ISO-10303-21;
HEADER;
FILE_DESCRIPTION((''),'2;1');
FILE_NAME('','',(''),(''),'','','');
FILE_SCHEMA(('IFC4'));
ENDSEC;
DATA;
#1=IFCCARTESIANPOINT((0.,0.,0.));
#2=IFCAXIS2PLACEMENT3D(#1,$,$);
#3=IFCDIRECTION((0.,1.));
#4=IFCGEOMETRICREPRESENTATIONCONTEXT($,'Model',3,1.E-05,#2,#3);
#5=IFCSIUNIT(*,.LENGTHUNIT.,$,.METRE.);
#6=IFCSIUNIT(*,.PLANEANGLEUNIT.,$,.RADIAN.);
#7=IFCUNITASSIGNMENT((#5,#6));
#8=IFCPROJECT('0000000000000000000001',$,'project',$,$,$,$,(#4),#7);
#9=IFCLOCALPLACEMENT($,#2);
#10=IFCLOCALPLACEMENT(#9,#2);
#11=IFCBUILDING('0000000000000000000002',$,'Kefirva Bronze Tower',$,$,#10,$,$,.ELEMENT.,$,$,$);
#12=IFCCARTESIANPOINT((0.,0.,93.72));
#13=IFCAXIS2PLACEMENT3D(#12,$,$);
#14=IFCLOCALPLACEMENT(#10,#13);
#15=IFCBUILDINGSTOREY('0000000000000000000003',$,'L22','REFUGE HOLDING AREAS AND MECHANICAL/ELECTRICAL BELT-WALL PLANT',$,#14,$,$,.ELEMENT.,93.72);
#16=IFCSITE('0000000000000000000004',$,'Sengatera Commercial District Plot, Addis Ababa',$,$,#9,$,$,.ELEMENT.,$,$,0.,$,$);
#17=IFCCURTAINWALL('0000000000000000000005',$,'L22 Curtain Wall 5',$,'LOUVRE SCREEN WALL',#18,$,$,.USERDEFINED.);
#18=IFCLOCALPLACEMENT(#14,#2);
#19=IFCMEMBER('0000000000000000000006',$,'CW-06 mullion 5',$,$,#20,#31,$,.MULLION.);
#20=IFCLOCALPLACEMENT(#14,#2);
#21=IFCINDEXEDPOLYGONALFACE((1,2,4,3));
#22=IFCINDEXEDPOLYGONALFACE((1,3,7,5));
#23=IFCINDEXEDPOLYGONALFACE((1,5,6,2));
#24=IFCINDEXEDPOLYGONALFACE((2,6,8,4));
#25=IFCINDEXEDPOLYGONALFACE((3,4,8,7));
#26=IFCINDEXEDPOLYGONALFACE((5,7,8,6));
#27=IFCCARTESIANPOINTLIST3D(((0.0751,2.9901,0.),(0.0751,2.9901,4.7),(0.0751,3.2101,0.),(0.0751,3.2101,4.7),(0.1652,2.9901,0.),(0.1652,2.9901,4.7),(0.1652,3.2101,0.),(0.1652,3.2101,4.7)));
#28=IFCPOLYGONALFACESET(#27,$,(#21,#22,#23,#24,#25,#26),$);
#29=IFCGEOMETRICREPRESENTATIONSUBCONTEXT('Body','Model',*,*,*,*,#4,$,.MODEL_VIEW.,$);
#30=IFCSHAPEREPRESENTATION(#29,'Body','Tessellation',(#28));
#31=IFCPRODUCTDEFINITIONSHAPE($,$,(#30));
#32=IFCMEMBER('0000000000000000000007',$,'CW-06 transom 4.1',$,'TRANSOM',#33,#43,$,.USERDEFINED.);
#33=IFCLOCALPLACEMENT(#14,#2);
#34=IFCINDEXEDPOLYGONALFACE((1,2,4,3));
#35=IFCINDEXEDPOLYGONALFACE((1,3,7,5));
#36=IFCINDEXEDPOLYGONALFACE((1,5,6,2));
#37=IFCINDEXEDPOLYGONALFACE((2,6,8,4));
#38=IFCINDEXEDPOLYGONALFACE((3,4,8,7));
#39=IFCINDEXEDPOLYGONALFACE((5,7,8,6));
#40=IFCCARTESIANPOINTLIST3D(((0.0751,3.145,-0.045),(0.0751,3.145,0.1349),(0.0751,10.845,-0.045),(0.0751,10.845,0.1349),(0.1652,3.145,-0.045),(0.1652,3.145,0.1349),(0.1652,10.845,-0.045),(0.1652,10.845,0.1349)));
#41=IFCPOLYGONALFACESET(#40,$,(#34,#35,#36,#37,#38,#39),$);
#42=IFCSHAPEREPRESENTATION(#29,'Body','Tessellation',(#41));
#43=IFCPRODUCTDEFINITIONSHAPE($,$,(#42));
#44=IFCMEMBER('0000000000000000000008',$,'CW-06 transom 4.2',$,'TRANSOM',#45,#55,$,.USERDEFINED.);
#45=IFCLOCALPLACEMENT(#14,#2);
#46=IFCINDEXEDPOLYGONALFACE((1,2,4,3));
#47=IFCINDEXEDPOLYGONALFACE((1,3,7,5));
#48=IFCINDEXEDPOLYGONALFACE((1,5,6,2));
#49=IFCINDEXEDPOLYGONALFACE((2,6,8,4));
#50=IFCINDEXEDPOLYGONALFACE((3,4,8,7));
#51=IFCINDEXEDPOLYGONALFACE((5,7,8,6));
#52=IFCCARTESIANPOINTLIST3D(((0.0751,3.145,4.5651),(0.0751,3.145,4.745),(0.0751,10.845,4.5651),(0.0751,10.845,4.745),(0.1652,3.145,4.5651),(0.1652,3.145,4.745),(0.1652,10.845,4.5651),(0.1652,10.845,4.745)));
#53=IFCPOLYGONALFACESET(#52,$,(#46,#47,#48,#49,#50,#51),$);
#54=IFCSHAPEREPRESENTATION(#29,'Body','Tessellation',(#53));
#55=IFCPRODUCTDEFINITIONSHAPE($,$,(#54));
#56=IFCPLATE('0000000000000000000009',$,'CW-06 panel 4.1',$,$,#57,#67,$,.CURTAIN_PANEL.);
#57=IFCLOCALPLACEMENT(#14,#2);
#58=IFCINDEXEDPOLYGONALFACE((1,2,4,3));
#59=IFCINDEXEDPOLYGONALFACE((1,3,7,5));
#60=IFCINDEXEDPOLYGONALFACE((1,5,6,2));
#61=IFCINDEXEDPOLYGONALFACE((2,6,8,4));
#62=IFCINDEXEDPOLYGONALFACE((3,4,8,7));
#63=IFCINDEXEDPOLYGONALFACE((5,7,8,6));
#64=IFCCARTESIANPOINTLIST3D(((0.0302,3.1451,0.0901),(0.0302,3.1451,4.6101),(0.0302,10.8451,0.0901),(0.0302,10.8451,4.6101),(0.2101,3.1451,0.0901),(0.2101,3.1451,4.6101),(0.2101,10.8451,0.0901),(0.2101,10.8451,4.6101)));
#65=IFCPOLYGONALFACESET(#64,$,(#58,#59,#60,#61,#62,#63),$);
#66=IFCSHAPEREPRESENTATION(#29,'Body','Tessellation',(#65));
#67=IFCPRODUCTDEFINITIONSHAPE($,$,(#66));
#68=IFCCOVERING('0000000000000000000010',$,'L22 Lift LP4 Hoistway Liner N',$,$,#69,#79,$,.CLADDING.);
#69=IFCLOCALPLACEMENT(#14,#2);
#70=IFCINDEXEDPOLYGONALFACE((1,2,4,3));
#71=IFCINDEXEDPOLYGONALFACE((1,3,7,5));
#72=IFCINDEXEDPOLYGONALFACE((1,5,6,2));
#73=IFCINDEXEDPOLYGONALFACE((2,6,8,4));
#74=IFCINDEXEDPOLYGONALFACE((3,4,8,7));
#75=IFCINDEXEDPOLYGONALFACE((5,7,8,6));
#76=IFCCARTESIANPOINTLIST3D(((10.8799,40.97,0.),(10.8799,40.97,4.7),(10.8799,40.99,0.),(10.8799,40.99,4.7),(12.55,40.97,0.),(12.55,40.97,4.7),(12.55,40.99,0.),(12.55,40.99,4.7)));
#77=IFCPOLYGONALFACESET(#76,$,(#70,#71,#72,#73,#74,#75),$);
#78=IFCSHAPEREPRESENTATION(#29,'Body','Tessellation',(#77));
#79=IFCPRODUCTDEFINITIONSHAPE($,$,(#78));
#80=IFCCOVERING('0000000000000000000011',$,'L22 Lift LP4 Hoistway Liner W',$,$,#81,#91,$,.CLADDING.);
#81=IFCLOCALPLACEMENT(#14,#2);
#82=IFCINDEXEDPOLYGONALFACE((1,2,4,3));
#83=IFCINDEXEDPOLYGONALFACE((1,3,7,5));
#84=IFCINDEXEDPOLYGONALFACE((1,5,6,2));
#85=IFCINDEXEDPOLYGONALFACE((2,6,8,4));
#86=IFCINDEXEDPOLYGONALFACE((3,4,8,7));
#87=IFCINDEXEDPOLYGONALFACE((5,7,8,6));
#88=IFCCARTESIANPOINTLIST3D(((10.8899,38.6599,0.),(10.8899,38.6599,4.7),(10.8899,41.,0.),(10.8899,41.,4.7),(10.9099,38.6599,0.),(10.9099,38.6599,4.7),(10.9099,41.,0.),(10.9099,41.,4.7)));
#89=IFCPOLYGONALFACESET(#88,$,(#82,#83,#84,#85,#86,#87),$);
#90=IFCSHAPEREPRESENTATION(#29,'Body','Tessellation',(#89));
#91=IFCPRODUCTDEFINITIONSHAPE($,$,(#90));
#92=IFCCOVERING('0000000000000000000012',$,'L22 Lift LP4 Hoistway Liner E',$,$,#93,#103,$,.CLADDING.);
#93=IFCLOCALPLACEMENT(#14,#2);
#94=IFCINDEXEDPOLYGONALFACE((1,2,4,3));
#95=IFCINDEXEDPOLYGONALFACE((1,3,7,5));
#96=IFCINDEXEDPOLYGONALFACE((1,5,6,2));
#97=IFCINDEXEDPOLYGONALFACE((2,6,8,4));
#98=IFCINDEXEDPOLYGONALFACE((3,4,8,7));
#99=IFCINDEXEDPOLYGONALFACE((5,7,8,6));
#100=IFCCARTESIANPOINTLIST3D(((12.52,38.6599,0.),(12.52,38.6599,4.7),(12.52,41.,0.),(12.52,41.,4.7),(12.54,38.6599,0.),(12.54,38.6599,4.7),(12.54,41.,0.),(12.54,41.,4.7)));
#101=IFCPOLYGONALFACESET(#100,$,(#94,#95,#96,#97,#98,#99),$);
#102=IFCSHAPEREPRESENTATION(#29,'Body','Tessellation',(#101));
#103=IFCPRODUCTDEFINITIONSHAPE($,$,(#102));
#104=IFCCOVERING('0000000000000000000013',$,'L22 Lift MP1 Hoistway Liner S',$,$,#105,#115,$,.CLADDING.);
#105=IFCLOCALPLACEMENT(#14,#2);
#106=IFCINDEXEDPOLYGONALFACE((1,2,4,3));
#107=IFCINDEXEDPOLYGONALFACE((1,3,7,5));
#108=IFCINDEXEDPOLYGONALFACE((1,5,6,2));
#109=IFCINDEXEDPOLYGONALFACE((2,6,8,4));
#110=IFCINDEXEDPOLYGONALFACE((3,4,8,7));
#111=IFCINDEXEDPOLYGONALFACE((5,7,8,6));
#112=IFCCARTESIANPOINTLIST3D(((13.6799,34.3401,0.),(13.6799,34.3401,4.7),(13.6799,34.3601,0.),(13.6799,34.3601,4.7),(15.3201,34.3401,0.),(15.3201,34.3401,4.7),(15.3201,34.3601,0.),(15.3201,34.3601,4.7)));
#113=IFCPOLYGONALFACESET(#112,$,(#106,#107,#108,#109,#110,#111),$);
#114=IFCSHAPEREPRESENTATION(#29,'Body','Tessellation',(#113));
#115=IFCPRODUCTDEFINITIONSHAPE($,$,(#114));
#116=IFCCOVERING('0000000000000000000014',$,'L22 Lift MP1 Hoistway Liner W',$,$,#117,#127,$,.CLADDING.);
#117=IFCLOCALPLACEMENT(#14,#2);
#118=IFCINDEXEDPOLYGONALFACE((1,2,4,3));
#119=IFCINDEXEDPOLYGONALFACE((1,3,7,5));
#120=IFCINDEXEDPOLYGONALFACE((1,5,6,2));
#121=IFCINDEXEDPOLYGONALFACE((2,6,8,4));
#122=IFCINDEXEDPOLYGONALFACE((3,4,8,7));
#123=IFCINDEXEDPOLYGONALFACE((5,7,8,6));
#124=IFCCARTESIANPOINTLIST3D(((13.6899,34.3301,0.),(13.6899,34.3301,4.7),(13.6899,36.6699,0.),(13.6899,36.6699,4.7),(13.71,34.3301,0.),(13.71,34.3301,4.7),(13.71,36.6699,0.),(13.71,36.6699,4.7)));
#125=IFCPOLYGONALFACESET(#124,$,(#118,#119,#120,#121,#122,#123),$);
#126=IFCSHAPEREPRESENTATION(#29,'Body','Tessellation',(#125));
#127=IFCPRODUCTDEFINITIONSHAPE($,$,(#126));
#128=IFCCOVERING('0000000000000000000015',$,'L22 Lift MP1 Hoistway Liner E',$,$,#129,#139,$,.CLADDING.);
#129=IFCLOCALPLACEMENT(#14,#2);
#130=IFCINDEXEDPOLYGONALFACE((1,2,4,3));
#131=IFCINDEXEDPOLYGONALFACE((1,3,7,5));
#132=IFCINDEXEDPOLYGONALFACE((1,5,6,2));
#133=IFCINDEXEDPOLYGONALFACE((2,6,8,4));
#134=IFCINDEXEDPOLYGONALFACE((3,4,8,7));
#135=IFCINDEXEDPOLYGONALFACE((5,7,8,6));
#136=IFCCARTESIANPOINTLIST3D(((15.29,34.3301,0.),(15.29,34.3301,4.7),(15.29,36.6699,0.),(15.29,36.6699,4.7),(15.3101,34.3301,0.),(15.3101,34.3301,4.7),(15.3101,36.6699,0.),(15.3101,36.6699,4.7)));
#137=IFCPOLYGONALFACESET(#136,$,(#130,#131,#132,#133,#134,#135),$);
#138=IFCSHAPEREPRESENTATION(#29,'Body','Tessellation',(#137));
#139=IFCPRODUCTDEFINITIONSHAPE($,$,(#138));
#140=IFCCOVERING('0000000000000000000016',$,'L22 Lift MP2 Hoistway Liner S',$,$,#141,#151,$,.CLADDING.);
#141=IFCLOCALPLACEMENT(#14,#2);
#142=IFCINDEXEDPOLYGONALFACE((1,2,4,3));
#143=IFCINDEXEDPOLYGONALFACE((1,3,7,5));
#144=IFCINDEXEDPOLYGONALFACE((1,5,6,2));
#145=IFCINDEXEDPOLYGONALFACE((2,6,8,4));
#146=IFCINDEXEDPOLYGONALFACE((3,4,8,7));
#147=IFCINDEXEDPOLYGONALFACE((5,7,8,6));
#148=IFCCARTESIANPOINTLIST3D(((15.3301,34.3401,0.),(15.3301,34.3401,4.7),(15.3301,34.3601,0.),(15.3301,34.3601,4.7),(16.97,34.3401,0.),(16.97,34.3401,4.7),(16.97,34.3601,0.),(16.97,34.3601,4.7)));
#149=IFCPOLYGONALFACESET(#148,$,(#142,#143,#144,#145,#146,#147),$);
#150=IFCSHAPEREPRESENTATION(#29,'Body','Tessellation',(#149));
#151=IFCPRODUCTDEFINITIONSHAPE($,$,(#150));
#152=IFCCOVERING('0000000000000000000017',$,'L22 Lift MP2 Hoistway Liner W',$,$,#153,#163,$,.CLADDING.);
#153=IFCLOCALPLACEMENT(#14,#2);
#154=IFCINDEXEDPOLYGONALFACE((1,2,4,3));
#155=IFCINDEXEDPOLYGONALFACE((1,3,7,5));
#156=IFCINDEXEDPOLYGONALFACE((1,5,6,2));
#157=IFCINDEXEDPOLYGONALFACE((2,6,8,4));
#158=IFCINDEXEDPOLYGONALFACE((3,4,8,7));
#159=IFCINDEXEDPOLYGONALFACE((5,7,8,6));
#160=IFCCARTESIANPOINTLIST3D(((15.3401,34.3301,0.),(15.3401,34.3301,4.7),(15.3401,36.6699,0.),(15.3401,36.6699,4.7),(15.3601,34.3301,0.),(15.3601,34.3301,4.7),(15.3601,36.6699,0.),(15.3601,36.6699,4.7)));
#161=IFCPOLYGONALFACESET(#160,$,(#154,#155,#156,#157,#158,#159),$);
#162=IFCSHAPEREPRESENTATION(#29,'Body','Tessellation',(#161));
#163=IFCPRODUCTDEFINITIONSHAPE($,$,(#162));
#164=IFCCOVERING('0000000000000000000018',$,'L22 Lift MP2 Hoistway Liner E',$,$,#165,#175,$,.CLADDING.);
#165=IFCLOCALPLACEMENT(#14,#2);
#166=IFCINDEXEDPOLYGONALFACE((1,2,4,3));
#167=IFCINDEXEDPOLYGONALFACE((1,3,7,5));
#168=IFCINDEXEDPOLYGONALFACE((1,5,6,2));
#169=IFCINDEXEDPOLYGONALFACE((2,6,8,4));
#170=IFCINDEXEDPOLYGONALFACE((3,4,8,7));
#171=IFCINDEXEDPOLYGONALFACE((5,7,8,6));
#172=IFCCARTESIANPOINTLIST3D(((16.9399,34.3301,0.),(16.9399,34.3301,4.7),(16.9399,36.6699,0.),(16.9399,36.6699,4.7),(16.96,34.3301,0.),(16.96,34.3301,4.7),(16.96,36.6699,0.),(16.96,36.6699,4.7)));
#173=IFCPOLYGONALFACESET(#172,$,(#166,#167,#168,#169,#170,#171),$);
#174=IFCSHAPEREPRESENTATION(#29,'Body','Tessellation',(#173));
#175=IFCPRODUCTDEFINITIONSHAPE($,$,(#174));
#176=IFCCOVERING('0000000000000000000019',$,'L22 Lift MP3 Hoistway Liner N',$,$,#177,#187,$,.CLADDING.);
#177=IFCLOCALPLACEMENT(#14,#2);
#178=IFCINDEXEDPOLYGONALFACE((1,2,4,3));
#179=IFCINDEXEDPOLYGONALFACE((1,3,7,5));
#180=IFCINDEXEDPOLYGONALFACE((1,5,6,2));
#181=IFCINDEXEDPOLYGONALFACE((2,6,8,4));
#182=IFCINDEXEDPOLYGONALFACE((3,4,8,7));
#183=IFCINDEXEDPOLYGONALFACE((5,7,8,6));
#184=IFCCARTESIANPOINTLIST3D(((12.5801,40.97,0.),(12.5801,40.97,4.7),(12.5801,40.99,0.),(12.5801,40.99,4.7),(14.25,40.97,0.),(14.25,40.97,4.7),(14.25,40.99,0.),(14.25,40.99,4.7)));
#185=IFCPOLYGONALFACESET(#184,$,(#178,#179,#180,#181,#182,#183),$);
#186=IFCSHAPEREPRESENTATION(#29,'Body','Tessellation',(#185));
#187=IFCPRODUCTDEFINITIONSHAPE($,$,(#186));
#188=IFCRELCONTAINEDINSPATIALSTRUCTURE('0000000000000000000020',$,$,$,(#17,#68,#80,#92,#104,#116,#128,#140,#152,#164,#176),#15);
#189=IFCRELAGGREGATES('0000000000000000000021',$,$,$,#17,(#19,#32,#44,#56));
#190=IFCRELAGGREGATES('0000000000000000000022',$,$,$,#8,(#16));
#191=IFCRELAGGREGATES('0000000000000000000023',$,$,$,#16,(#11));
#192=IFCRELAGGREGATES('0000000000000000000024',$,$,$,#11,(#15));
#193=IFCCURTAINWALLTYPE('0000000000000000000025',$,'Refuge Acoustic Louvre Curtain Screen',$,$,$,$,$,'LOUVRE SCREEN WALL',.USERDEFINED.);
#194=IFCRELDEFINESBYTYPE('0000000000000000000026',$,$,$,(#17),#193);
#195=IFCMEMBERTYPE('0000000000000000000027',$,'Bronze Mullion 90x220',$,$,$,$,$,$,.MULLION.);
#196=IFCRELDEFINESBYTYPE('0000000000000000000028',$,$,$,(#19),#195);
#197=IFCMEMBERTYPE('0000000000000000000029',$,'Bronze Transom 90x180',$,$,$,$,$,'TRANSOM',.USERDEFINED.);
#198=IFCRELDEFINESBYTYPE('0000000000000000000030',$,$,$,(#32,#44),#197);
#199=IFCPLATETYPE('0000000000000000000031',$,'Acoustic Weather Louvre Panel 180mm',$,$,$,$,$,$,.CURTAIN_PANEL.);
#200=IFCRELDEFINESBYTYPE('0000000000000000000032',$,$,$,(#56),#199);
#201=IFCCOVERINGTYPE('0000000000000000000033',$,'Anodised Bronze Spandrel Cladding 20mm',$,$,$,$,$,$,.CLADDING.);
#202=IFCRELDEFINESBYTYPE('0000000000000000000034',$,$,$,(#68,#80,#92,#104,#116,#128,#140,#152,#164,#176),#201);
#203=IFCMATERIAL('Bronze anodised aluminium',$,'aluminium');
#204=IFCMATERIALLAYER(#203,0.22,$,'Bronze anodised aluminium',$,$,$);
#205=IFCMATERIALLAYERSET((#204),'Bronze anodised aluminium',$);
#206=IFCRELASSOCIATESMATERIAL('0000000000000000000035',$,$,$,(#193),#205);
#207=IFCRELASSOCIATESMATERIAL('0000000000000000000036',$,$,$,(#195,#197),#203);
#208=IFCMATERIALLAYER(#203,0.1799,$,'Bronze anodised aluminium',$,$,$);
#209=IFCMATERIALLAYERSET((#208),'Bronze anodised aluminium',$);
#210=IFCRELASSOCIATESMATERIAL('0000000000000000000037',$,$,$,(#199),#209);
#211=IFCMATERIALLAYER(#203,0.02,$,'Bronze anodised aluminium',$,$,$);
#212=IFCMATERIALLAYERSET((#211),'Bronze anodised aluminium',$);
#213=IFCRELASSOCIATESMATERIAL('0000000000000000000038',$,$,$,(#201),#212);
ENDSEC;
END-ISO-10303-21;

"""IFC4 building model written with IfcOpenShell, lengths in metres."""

from ifc_helpers import new_model, si_unit, direction, frame, origin, origin_2d, place, context, subcontext, project, spatial, polyline, rectangle, outline, extrude, material, layer, layer_set, material_profile, profile_set, type_object, element, aggregate, save


model = new_model("IFC4")

# Units and contexts
model_context = context("Model", 3, precision=1e-05, world=origin(), true_north=direction((0.0, 1.0)))
body_context = subcontext(model_context, "Body", "Model", "MODEL_VIEW")
ifc_project = project(units=[si_unit("LENGTHUNIT", "METRE"), si_unit("PLANEANGLEUNIT", "RADIAN")], contexts=[model_context])

# Site, building, storey
site_placement = place(None, origin())
site = spatial("IfcSite", under=ifc_project, at=site_placement, Name="Sengatera Commercial District Plot, Addis Ababa", CompositionType="ELEMENT", RefElevation=0.0)
building_placement = place(site_placement, origin())
building = spatial("IfcBuilding", under=site, at=building_placement, Name="Kefirva Bronze Tower", CompositionType="ELEMENT")
storey_placement = place(building_placement, frame((0.0, 0.0, 93.72)))
storey = spatial("IfcBuildingStorey", under=building, at=storey_placement, Name="L22", Description="REFUGE HOLDING AREAS AND MECHANICAL/ELECTRICAL BELT-WALL PLANT", CompositionType="ELEMENT", Elevation=93.72)

# Curtain wall, members, plate
ifc_material = material(Name="Bronze anodised aluminium", Category="aluminium")
ifc_layer_1 = layer(ifc_material, 0.22, Name="Bronze anodised aluminium")
ifc_layer_set_1 = layer_set([ifc_layer_1], Name="Bronze anodised aluminium")
curtain_wall_type = type_object("IfcCurtainWallType", Name="Refuge Acoustic Louvre Curtain Screen", ElementType="LOUVRE SCREEN WALL", PredefinedType="USERDEFINED", material=ifc_layer_set_1)
curtain_wall_placement = place(storey_placement, origin())
curtain_wall = element("IfcCurtainWall", 1, at=curtain_wall_placement, inside=storey, type_object=curtain_wall_type, Name="L22 Curtain Wall 5", ObjectType="LOUVRE SCREEN WALL", PredefinedType="USERDEFINED")
ifc_material_profile_1 = material_profile(ifc_material, rectangle(XDim=0.0901, YDim=0.22, at=origin_2d()), Name="ALU 90x220")
ifc_profile_set_1 = profile_set([ifc_material_profile_1], Name="Bronze anodised aluminium")
member_type_1 = type_object("IfcMemberType", Name="Bronze Mullion 90x220", PredefinedType="MULLION", material=ifc_profile_set_1)
member_1_placement = place(storey_placement, frame((0.1201, 3.1001, 0.0), z_axis=(0.0, 0.0, 1.0), x_axis=(1.0, 0.0, 0.0)))
member_1 = element("IfcMember", 2, at=member_1_placement, type_object=member_type_1, Name="CW-06 mullion 5", PredefinedType="MULLION", context=body_context, shape_type="SweptSolid", body=[
    extrude(rectangle(XDim=0.0901, YDim=0.22, at=origin_2d()), origin(), (0.0, 0.0, 1.0), 4.7),
])
ifc_material_profile_2 = material_profile(ifc_material, rectangle(XDim=0.0901, YDim=0.1799, at=origin_2d()), Name="ALU 90x180")
ifc_profile_set_2 = profile_set([ifc_material_profile_2], Name="Bronze anodised aluminium")
member_type_2 = type_object("IfcMemberType", Name="Bronze Transom 90x180", ElementType="TRANSOM", PredefinedType="USERDEFINED", material=ifc_profile_set_2)
member_2_placement = place(storey_placement, frame((0.1201, 10.845, 0.0449), z_axis=(0.0, -1.0, 0.0), x_axis=(1.0, 0.0, 0.0)))
member_2 = element("IfcMember", 3, at=member_2_placement, type_object=member_type_2, Name="CW-06 transom 4.1", ObjectType="TRANSOM", PredefinedType="USERDEFINED", context=body_context, shape_type="SweptSolid", body=[
    extrude(rectangle(XDim=0.0901, YDim=0.1799, at=origin_2d()), origin(), (0.0, 0.0, 1.0), 7.7),
])
member_3_placement = place(storey_placement, frame((0.1201, 10.845, 4.655), z_axis=(0.0, -1.0, 0.0), x_axis=(1.0, 0.0, 0.0)))
member_3 = element("IfcMember", 4, at=member_3_placement, type_object=member_type_2, Name="CW-06 transom 4.2", ObjectType="TRANSOM", PredefinedType="USERDEFINED", context=body_context, shape_type="SweptSolid", body=[
    extrude(rectangle(XDim=0.0901, YDim=0.1799, at=origin_2d()), origin(), (0.0, 0.0, 1.0), 7.7),
])
ifc_layer_2 = layer(ifc_material, 0.1799, Name="Bronze anodised aluminium")
ifc_layer_set_2 = layer_set([ifc_layer_2], Name="Bronze anodised aluminium")
plate_type = type_object("IfcPlateType", Name="Acoustic Weather Louvre Panel 180mm", PredefinedType="CURTAIN_PANEL", material=ifc_layer_set_2)
plate_placement = place(storey_placement, frame((0.1201, 6.9951, 0.0901), z_axis=(0.0, 0.0, 1.0), x_axis=(0.0, -1.0, 0.0)))
plate = element("IfcPlate", 5, at=plate_placement, type_object=plate_type, Name="CW-06 panel 4.1", PredefinedType="CURTAIN_PANEL", context=body_context, shape_type="SweptSolid", body=[
    extrude(rectangle(XDim=7.7, YDim=0.1799, at=origin_2d()), origin(), (0.0, 0.0, 1.0), 4.52),
])
aggregate(curtain_wall, [member_1, member_2, member_3, plate])

# Coverings
ifc_layer_3 = layer(ifc_material, 0.02, Name="Bronze anodised aluminium")
ifc_layer_set_3 = layer_set([ifc_layer_3], Name="Bronze anodised aluminium")
covering_type_1 = type_object("IfcCoveringType", Name="Anodised Bronze Spandrel Cladding 20mm", PredefinedType="CLADDING", material=ifc_layer_set_3)
covering_1_placement = place(storey_placement, origin())
element("IfcCovering", 6, at=covering_1_placement, inside=storey, type_object=covering_type_1, Name="L22 Lift LP4 Hoistway Liner N", PredefinedType="CLADDING", context=body_context, shape_type="SweptSolid", body=[
    extrude(outline(polyline([(10.8799, 40.97), (12.55, 40.97), (12.55, 40.99), (10.8799, 40.99), (10.8799, 40.97)])), origin(), (0.0, 0.0, 1.0), 4.7),
])
covering_2_placement = place(storey_placement, origin())
element("IfcCovering", 7, at=covering_2_placement, inside=storey, type_object=covering_type_1, Name="L22 Lift LP4 Hoistway Liner W", PredefinedType="CLADDING", context=body_context, shape_type="SweptSolid", body=[
    extrude(outline(polyline([(10.8899, 38.6599), (10.9099, 38.6599), (10.9099, 41.0), (10.8899, 41.0), (10.8899, 38.6599)])), origin(), (0.0, 0.0, 1.0), 4.7),
])
covering_3_placement = place(storey_placement, origin())
element("IfcCovering", 8, at=covering_3_placement, inside=storey, type_object=covering_type_1, Name="L22 Lift LP4 Hoistway Liner E", PredefinedType="CLADDING", context=body_context, shape_type="SweptSolid", body=[
    extrude(outline(polyline([(12.52, 38.6599), (12.54, 38.6599), (12.54, 41.0), (12.52, 41.0), (12.52, 38.6599)])), origin(), (0.0, 0.0, 1.0), 4.7),
])
covering_4_placement = place(storey_placement, origin())
element("IfcCovering", 9, at=covering_4_placement, inside=storey, type_object=covering_type_1, Name="L22 Lift MP1 Hoistway Liner S", PredefinedType="CLADDING", context=body_context, shape_type="SweptSolid", body=[
    extrude(outline(polyline([(13.6799, 34.3401), (15.3201, 34.3401), (15.3201, 34.3601), (13.6799, 34.3601), (13.6799, 34.3401)])), origin(), (0.0, 0.0, 1.0), 4.7),
])
covering_5_placement = place(storey_placement, origin())
element("IfcCovering", 10, at=covering_5_placement, inside=storey, type_object=covering_type_1, Name="L22 Lift MP1 Hoistway Liner W", PredefinedType="CLADDING", context=body_context, shape_type="SweptSolid", body=[
    extrude(outline(polyline([(13.6899, 34.3301), (13.71, 34.3301), (13.71, 36.6699), (13.6899, 36.6699), (13.6899, 34.3301)])), origin(), (0.0, 0.0, 1.0), 4.7),
])
covering_6_placement = place(storey_placement, origin())
element("IfcCovering", 11, at=covering_6_placement, inside=storey, type_object=covering_type_1, Name="L22 Lift MP1 Hoistway Liner E", PredefinedType="CLADDING", context=body_context, shape_type="SweptSolid", body=[
    extrude(outline(polyline([(15.29, 34.3301), (15.3101, 34.3301), (15.3101, 36.6699), (15.29, 36.6699), (15.29, 34.3301)])), origin(), (0.0, 0.0, 1.0), 4.7),
])
covering_7_placement = place(storey_placement, origin())
element("IfcCovering", 12, at=covering_7_placement, inside=storey, type_object=covering_type_1, Name="L22 Lift MP2 Hoistway Liner S", PredefinedType="CLADDING", context=body_context, shape_type="SweptSolid", body=[
    extrude(outline(polyline([(15.3301, 34.3401), (16.97, 34.3401), (16.97, 34.3601), (15.3301, 34.3601), (15.3301, 34.3401)])), origin(), (0.0, 0.0, 1.0), 4.7),
])
covering_8_placement = place(storey_placement, origin())
element("IfcCovering", 13, at=covering_8_placement, inside=storey, type_object=covering_type_1, Name="L22 Lift MP2 Hoistway Liner W", PredefinedType="CLADDING", context=body_context, shape_type="SweptSolid", body=[
    extrude(outline(polyline([(15.3401, 34.3301), (15.3601, 34.3301), (15.3601, 36.6699), (15.3401, 36.6699), (15.3401, 34.3301)])), origin(), (0.0, 0.0, 1.0), 4.7),
])
covering_9_placement = place(storey_placement, origin())
element("IfcCovering", 14, at=covering_9_placement, inside=storey, type_object=covering_type_1, Name="L22 Lift MP2 Hoistway Liner E", PredefinedType="CLADDING", context=body_context, shape_type="SweptSolid", body=[
    extrude(outline(polyline([(16.9399, 34.3301), (16.96, 34.3301), (16.96, 36.6699), (16.9399, 36.6699), (16.9399, 34.3301)])), origin(), (0.0, 0.0, 1.0), 4.7),
])
covering_10_placement = place(storey_placement, origin())
element("IfcCovering", 15, at=covering_10_placement, inside=storey, type_object=covering_type_1, Name="L22 Lift MP3 Hoistway Liner N", PredefinedType="CLADDING", context=body_context, shape_type="SweptSolid", body=[
    extrude(outline(polyline([(12.5801, 40.97), (14.25, 40.97), (14.25, 40.99), (12.5801, 40.99), (12.5801, 40.97)])), origin(), (0.0, 0.0, 1.0), 4.7),
])

save(model, "model.ifc")
